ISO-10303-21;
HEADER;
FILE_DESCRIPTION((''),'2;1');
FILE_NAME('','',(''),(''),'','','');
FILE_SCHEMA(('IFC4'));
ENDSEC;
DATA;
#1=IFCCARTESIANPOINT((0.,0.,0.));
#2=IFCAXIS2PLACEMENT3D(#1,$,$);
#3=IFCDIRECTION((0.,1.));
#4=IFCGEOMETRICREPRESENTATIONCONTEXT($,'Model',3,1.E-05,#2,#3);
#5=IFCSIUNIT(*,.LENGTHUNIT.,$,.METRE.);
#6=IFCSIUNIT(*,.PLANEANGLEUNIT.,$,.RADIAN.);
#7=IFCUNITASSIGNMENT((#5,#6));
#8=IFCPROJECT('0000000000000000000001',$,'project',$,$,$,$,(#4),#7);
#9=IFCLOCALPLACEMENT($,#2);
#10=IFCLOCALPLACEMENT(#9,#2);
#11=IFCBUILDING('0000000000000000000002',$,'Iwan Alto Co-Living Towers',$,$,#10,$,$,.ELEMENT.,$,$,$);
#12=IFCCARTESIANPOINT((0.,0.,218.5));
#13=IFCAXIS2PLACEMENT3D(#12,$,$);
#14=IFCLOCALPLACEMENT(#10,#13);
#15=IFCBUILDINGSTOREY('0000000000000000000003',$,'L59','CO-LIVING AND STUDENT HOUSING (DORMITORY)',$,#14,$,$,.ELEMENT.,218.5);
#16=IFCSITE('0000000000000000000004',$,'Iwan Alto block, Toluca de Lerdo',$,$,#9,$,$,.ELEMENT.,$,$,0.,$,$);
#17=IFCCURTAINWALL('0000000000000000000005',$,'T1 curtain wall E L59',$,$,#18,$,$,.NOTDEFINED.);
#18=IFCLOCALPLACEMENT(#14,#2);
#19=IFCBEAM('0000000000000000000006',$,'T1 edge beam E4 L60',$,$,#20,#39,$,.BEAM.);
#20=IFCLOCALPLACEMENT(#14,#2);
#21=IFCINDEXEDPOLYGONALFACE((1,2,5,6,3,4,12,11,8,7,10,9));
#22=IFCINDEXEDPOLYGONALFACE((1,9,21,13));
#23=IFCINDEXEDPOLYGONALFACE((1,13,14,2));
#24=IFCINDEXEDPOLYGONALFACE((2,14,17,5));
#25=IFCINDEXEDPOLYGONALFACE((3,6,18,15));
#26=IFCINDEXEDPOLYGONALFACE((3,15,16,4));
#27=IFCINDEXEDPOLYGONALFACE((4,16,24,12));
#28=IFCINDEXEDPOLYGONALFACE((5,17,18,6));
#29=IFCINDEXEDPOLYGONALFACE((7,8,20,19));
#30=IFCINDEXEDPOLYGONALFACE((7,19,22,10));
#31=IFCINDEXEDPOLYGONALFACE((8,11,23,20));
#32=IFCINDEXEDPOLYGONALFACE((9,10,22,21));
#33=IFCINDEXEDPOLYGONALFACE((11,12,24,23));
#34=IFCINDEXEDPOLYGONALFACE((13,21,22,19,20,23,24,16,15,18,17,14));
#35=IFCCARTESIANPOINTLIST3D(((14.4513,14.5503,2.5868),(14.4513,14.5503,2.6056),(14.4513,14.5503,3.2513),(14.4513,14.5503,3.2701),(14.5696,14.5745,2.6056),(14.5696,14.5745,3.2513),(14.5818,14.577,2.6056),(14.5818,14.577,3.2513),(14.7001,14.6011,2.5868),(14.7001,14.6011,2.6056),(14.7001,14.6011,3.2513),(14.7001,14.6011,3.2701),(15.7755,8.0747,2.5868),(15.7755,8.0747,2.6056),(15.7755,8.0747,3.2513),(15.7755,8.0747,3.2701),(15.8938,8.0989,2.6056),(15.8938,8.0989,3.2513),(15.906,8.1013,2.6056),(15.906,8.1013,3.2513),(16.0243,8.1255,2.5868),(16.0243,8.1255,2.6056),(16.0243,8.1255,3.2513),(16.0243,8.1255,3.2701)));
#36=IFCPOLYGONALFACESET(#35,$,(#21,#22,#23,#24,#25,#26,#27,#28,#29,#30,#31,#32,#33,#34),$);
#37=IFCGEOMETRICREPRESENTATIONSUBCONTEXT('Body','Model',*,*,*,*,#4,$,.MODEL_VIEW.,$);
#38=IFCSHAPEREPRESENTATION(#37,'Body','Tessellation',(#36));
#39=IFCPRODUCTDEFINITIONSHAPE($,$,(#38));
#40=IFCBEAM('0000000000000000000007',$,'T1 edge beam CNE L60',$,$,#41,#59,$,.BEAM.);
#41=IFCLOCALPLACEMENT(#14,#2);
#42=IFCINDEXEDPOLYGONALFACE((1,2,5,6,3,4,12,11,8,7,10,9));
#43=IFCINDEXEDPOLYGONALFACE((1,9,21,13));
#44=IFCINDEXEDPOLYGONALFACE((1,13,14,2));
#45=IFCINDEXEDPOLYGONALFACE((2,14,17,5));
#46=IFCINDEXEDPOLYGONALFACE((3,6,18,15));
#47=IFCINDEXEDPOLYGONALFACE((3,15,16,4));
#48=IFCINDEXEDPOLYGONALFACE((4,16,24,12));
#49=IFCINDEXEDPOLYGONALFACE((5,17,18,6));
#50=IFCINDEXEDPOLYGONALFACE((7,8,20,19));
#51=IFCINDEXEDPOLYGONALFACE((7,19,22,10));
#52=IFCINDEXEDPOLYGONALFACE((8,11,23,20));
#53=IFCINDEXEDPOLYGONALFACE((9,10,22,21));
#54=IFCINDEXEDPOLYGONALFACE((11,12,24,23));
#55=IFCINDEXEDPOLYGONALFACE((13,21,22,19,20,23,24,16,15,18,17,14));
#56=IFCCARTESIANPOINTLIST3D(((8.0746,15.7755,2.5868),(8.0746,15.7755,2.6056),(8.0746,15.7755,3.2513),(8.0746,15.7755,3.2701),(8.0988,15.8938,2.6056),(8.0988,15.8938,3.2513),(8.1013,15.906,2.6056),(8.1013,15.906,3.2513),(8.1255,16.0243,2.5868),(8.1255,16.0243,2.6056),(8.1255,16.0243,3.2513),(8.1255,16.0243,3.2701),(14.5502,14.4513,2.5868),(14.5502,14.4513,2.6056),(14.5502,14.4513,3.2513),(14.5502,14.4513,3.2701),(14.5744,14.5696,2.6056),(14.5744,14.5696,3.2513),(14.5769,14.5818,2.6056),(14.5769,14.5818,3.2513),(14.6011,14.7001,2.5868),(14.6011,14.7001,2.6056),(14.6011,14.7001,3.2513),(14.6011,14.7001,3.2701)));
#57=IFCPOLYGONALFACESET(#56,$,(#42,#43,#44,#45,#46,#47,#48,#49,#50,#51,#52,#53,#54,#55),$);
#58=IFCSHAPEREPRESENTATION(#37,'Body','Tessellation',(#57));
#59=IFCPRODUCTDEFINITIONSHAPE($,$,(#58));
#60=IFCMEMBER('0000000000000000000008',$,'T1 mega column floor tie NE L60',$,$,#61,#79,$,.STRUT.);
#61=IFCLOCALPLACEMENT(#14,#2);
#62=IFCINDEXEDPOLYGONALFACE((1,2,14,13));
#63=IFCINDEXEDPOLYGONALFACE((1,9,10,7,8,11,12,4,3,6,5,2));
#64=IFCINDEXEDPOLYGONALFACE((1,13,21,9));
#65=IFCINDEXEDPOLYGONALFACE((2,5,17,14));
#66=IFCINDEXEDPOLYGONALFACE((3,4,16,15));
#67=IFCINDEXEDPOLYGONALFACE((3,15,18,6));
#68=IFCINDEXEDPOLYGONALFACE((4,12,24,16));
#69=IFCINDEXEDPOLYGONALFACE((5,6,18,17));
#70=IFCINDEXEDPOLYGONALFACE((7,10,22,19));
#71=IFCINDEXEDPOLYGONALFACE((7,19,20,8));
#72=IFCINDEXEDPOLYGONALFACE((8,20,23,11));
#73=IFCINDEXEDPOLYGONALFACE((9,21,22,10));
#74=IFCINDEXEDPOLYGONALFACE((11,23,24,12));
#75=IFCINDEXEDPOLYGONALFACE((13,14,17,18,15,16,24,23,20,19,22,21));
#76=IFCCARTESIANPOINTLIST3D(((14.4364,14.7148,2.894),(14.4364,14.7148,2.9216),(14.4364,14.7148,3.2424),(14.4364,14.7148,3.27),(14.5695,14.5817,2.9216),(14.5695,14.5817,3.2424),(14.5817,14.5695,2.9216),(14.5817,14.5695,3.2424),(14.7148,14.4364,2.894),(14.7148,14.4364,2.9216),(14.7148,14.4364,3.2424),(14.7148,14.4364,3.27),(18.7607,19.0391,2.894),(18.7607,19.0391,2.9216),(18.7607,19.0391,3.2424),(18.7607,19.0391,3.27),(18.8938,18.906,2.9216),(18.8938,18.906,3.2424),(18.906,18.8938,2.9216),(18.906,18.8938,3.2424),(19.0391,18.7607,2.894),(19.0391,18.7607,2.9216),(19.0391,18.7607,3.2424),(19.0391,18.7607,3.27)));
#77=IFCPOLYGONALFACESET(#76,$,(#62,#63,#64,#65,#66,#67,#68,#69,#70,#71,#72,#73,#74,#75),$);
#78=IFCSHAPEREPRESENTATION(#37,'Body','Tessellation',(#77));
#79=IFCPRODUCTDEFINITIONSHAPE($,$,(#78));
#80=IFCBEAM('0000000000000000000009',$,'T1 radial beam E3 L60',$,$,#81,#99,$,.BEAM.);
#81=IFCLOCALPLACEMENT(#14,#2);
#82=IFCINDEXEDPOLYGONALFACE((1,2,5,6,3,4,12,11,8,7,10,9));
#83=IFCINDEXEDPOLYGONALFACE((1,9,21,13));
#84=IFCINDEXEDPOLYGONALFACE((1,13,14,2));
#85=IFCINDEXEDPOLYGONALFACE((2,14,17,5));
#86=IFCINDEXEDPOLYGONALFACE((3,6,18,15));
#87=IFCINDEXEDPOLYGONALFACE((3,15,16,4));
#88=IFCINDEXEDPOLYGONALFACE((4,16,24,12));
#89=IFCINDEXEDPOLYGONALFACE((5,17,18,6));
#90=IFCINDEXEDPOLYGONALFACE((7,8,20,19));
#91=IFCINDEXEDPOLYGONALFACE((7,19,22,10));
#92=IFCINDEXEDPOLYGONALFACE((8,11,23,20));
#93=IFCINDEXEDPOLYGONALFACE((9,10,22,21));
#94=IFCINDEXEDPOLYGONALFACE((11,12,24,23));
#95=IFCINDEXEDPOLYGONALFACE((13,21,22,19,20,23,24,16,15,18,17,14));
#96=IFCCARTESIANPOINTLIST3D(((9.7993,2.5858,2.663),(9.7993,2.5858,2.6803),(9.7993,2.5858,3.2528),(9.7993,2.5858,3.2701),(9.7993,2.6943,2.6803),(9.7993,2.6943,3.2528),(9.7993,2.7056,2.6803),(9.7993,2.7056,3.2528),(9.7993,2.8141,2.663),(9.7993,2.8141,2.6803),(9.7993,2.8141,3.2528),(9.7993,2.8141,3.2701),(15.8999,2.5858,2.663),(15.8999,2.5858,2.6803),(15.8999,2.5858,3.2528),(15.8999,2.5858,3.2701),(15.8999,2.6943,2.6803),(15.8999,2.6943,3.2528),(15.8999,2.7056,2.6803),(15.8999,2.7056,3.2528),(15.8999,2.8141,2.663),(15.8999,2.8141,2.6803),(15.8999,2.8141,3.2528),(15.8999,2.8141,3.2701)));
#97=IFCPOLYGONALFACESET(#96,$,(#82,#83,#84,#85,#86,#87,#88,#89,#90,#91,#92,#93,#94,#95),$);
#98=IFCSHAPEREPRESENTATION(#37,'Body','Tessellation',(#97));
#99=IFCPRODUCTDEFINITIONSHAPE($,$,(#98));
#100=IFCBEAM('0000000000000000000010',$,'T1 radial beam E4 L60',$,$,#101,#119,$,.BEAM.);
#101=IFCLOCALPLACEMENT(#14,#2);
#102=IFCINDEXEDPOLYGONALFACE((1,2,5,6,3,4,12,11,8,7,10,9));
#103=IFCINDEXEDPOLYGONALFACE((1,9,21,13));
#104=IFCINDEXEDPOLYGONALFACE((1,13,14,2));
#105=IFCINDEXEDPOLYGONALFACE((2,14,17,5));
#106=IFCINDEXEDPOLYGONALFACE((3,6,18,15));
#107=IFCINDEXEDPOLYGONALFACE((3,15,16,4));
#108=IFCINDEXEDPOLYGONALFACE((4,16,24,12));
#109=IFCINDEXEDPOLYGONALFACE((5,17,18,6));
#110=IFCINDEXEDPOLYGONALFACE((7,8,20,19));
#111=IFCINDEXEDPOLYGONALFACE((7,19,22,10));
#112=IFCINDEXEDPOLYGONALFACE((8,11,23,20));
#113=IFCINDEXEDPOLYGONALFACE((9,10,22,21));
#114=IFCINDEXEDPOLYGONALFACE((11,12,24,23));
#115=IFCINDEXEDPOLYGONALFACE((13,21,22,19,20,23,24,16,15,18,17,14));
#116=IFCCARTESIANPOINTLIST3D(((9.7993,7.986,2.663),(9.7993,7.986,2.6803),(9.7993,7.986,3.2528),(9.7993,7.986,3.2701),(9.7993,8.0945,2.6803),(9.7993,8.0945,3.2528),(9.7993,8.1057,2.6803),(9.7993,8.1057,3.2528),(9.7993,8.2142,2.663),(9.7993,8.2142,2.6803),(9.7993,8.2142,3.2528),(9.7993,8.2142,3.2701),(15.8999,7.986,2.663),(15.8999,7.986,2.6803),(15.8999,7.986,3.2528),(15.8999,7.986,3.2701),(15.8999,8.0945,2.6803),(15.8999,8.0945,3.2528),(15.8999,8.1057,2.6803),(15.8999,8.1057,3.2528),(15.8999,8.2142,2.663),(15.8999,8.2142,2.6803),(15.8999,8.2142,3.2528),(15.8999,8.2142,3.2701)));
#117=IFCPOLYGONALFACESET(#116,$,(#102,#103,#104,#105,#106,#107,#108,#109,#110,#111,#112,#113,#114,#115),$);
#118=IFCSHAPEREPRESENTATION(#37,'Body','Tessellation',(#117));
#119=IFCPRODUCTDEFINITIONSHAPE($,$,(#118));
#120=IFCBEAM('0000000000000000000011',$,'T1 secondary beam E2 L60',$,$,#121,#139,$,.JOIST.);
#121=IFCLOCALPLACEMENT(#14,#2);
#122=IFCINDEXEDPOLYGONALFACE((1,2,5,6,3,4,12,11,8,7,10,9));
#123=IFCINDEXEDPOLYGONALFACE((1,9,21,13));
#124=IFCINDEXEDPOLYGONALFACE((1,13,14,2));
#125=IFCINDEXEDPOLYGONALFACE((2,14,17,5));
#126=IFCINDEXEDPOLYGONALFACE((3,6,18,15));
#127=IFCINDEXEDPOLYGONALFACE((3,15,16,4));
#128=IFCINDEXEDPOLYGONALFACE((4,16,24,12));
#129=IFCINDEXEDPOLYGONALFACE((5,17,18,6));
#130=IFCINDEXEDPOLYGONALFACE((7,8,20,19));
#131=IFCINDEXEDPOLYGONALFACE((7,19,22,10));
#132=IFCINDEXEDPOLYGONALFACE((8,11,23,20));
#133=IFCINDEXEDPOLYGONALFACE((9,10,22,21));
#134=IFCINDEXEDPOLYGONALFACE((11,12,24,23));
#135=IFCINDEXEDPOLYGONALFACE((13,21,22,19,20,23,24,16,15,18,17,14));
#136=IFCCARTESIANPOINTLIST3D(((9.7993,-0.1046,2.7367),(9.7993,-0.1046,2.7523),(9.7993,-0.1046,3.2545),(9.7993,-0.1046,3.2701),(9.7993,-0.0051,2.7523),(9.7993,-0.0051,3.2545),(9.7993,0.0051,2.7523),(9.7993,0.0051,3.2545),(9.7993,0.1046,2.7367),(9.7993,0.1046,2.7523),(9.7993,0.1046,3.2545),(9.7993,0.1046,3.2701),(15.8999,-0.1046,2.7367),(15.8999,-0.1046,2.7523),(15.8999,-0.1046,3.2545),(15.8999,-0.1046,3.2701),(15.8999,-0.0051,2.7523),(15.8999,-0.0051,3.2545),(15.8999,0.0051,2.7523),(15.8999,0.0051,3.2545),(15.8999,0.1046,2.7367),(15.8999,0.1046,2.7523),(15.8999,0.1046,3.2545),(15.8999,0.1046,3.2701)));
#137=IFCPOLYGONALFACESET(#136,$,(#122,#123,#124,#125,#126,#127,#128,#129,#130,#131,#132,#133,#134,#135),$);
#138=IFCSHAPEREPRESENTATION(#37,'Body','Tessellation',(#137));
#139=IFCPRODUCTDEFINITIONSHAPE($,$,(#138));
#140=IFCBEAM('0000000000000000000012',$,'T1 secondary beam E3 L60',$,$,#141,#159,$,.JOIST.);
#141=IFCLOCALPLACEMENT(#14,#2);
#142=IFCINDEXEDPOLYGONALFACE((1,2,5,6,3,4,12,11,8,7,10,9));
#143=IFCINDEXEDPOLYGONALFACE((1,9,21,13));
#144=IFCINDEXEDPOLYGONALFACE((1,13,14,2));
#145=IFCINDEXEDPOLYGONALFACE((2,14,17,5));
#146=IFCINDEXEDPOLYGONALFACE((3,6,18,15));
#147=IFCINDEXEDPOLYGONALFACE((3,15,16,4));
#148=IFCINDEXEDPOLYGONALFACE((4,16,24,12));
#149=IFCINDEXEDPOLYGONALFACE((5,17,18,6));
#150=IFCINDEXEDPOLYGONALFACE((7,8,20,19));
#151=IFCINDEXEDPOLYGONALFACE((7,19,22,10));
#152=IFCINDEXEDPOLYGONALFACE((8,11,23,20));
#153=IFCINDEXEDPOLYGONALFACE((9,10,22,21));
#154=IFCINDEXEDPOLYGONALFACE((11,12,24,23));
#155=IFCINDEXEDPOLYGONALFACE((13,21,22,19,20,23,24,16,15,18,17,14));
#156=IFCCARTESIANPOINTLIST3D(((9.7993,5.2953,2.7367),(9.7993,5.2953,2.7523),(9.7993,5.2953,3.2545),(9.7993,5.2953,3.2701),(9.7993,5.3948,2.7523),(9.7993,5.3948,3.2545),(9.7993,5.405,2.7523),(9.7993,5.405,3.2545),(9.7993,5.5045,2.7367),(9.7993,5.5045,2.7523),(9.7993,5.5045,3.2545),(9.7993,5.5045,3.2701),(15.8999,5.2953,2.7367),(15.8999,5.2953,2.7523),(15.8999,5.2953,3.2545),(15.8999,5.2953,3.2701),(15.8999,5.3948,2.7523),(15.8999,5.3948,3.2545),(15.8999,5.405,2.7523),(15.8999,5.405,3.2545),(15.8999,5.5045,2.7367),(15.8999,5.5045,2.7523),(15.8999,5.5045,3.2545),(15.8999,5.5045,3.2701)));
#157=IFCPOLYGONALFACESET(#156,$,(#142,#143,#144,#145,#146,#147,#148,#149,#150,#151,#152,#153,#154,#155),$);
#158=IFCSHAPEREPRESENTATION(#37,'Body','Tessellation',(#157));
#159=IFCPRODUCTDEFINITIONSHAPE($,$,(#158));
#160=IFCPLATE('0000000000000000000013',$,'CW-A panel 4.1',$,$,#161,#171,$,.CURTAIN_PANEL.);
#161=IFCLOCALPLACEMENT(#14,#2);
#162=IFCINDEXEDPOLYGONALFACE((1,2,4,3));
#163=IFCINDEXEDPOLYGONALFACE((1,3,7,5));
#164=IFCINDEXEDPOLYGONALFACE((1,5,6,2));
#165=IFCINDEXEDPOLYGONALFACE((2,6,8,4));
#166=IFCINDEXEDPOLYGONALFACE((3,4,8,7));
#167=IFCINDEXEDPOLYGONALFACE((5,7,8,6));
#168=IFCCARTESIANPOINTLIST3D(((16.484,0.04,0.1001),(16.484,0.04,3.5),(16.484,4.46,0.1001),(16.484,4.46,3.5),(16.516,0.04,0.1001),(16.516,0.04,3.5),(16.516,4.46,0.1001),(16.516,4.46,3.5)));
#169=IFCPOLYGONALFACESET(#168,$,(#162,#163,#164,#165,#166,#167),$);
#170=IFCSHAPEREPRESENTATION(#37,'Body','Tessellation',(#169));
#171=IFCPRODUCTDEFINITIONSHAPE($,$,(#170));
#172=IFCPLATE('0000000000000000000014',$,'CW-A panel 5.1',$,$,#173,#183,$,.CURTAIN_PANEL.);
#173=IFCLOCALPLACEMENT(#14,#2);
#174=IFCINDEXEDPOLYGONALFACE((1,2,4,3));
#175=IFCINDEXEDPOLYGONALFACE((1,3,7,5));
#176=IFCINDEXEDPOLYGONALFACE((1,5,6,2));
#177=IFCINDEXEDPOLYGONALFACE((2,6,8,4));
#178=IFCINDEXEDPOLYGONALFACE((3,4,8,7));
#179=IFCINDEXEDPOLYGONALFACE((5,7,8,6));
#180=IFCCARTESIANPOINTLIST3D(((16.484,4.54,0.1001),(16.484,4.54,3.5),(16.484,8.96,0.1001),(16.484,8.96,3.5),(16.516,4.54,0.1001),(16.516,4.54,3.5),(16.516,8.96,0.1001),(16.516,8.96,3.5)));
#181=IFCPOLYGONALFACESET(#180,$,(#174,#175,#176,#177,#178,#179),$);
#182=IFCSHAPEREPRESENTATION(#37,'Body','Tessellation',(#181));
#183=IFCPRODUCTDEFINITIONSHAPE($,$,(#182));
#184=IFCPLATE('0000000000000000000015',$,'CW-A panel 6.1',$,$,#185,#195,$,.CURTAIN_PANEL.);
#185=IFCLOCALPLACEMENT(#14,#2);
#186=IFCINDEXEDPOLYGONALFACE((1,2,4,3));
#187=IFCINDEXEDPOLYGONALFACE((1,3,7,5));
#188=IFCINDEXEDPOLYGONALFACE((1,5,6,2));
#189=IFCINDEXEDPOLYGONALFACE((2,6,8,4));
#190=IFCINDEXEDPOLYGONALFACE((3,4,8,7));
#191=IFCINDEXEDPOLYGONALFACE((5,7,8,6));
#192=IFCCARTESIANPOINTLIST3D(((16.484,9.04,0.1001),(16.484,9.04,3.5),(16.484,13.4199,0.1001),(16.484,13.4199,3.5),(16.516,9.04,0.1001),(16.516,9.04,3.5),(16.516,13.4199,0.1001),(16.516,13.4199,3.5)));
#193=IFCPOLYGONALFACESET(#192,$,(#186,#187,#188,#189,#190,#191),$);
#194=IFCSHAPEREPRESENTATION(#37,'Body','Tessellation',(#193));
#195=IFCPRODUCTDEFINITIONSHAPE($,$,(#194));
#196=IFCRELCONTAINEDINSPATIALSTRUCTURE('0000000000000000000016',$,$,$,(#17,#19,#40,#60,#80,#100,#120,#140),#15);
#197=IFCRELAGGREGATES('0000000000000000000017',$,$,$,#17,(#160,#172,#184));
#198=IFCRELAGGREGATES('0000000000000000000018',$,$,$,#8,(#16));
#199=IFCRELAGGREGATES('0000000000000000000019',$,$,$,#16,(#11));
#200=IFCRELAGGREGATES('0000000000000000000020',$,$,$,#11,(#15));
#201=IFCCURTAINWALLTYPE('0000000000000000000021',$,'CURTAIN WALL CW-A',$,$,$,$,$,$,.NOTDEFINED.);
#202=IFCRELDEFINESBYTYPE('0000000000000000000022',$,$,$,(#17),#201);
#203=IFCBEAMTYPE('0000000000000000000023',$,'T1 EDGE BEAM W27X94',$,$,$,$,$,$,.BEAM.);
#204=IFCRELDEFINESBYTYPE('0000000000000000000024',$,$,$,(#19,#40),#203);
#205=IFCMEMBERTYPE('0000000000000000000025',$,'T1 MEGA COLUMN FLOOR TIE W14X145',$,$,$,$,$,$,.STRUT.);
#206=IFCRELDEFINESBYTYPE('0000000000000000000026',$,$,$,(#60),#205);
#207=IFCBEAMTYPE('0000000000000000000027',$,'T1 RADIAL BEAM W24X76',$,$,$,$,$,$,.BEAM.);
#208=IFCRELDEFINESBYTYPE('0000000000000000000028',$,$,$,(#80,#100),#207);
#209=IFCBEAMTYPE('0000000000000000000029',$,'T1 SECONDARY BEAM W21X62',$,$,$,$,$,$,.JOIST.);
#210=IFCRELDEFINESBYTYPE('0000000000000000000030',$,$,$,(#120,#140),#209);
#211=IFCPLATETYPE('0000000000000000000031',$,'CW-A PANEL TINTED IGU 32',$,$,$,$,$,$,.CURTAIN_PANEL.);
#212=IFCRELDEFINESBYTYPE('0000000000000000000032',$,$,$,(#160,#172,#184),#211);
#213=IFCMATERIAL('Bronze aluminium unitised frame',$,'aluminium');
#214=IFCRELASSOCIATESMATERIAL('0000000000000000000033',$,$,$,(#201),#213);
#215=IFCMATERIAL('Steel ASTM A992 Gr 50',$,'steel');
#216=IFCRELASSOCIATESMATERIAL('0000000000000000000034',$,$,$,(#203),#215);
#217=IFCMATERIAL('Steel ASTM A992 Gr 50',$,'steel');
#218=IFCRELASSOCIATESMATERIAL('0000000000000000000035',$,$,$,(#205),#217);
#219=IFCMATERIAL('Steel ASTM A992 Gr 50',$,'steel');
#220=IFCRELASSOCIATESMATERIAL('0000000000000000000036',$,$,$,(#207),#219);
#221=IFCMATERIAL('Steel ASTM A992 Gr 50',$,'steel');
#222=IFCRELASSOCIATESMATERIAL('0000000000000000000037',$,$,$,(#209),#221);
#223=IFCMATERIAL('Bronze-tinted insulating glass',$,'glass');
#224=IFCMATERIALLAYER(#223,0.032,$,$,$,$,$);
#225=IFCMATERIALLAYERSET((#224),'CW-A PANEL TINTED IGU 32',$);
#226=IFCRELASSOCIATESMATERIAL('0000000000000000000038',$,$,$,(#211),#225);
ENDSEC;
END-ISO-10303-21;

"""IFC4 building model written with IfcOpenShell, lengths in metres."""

from ifc_helpers import new_model, si_unit, direction, frame, origin, origin_2d, place, context, subcontext, project, spatial, rectangle, i_section, extrude, material, layer, layer_set, material_profile, profile_set, type_object, element, aggregate, save


model = new_model("IFC4")

# Units and contexts
model_context = context("Model", 3, precision=1e-05, world=origin(), true_north=direction((0.0, 1.0)))
body_context = subcontext(model_context, "Body", "Model", "MODEL_VIEW")
ifc_project = project(units=[si_unit("LENGTHUNIT", "METRE"), si_unit("PLANEANGLEUNIT", "RADIAN")], contexts=[model_context])

# Site, building, storey
site_placement = place(None, origin())
site = spatial("IfcSite", under=ifc_project, at=site_placement, Name="Iwan Alto block, Toluca de Lerdo", CompositionType="ELEMENT", RefElevation=0.0)
building_placement = place(site_placement, origin())
building = spatial("IfcBuilding", under=site, at=building_placement, Name="Iwan Alto Co-Living Towers", CompositionType="ELEMENT")
storey_placement = place(building_placement, frame((0.0, 0.0, 218.5)))
storey = spatial("IfcBuildingStorey", under=building, at=storey_placement, Name="L59", Description="CO-LIVING AND STUDENT HOUSING (DORMITORY)", CompositionType="ELEMENT", Elevation=218.5)

# Curtain wall
ifc_material_1 = material(Name="Bronze aluminium unitised frame", Category="aluminium")
curtain_wall_type_1 = type_object("IfcCurtainWallType", Name="CURTAIN WALL CW-A", PredefinedType="NOTDEFINED", material=ifc_material_1)
curtain_wall_1_placement = place(storey_placement, origin())
curtain_wall_1 = element("IfcCurtainWall", 1, at=curtain_wall_1_placement, inside=storey, type_object=curtain_wall_type_1, Name="T1 curtain wall E L59", PredefinedType="NOTDEFINED")

# Beams
ifc_material_2 = material(Name="Steel ASTM A992 Gr 50", Category="steel")
ifc_material_profile_1 = material_profile(ifc_material_2, i_section(OverallWidth=0.2539, OverallDepth=0.6833, WebThickness=0.0125, FlangeThickness=0.0188, at=origin_2d()), Name="W27X94")
ifc_profile_set_1 = profile_set([ifc_material_profile_1], Name="Steel ASTM A992 Gr 50")
beam_type_1 = type_object("IfcBeamType", Name="T1 EDGE BEAM W27X94", PredefinedType="BEAM", material=ifc_profile_set_1)
for number, where, z_axis, x_axis, name in (
    (2, (15.8999, 8.1001, 2.9285), (-0.200348, 0.979725, 0.0), (-0.979725, -0.200348, 0.0), "T1 edge beam E4 L60"),
    (3, (14.5757, 14.5757, 2.9285), (-0.979725, 0.200348, 0.0), (-0.200348, -0.979725, 0.0), "T1 edge beam CNE L60"),
):
    element("IfcBeam", number, at=place(storey_placement, frame(where, z_axis=z_axis, x_axis=x_axis)), inside=storey, type_object=beam_type_1, Name=name, PredefinedType="BEAM", context=body_context, shape_type="SweptSolid", body=[
        extrude(i_section(OverallWidth=0.2539, OverallDepth=0.6833, WebThickness=0.0125, FlangeThickness=0.0188, at=origin_2d()), origin(), (0.0, 0.0, 1.0), 6.6096),
    ])

# Member
ifc_material_3 = material(Name="Steel ASTM A992 Gr 50", Category="steel")
ifc_material_profile_2 = material_profile(ifc_material_3, i_section(OverallWidth=0.3938, OverallDepth=0.376, WebThickness=0.0173, FlangeThickness=0.0276, at=origin_2d()), Name="W14X145")
ifc_profile_set_2 = profile_set([ifc_material_profile_2], Name="Steel ASTM A992 Gr 50")
member_type_1 = type_object("IfcMemberType", Name="T1 MEGA COLUMN FLOOR TIE W14X145", PredefinedType="STRUT", material=ifc_profile_set_2)
member_1_placement = place(storey_placement, frame((18.8999, 18.8999, 3.082), z_axis=(-0.707107, -0.707107, 0.0), x_axis=(0.707107, -0.707107, 0.0)))
element("IfcMember", 4, at=member_1_placement, inside=storey, type_object=member_type_1, Name="T1 mega column floor tie NE L60", PredefinedType="STRUT", context=body_context, shape_type="SweptSolid", body=[
    extrude(i_section(OverallWidth=0.3938, OverallDepth=0.376, WebThickness=0.0173, FlangeThickness=0.0276, at=origin_2d()), origin(), (0.0, 0.0, 1.0), 6.1155),
])

# Beams
ifc_material_4 = material(Name="Steel ASTM A992 Gr 50", Category="steel")
ifc_material_profile_3 = material_profile(ifc_material_4, i_section(OverallWidth=0.2283, OverallDepth=0.6072, WebThickness=0.0112, FlangeThickness=0.0173, at=origin_2d()), Name="W24X76")
ifc_profile_set_3 = profile_set([ifc_material_profile_3], Name="Steel ASTM A992 Gr 50")
beam_type_2 = type_object("IfcBeamType", Name="T1 RADIAL BEAM W24X76", PredefinedType="BEAM", material=ifc_profile_set_3)
for number, where, z_axis, x_axis, name in (
    (5, (15.8999, 2.7, 2.9666), (-1.0, 0.0, 0.0), (0.0, -1.0, 0.0), "T1 radial beam E3 L60"),
    (6, (15.8999, 8.1001, 2.9666), (-1.0, 0.0, 0.0), (0.0, -1.0, 0.0), "T1 radial beam E4 L60"),
):
    element("IfcBeam", number, at=place(storey_placement, frame(where, z_axis=z_axis, x_axis=x_axis)), inside=storey, type_object=beam_type_2, Name=name, PredefinedType="BEAM", context=body_context, shape_type="SweptSolid", body=[
        extrude(i_section(OverallWidth=0.2283, OverallDepth=0.6072, WebThickness=0.0112, FlangeThickness=0.0173, at=origin_2d()), origin(), (0.0, 0.0, 1.0), 6.1006),
    ])
ifc_material_5 = material(Name="Steel ASTM A992 Gr 50", Category="steel")
ifc_material_profile_4 = material_profile(ifc_material_5, i_section(OverallWidth=0.2092, OverallDepth=0.5334, WebThickness=0.0103, FlangeThickness=0.0156, at=origin_2d()), Name="W21X62")
ifc_profile_set_4 = profile_set([ifc_material_profile_4], Name="Steel ASTM A992 Gr 50")
beam_type_3 = type_object("IfcBeamType", Name="T1 SECONDARY BEAM W21X62", PredefinedType="JOIST", material=ifc_profile_set_4)
for number, where, z_axis, x_axis, name in (
    (7, (15.8999, 0.0, 3.0034), (-1.0, 0.0, 0.0), (0.0, -1.0, 0.0), "T1 secondary beam E2 L60"),
    (8, (15.8999, 5.3999, 3.0034), (-1.0, 0.0, 0.0), (0.0, -1.0, 0.0), "T1 secondary beam E3 L60"),
):
    element("IfcBeam", number, at=place(storey_placement, frame(where, z_axis=z_axis, x_axis=x_axis)), inside=storey, type_object=beam_type_3, Name=name, PredefinedType="JOIST", context=body_context, shape_type="SweptSolid", body=[
        extrude(i_section(OverallWidth=0.2092, OverallDepth=0.5334, WebThickness=0.0103, FlangeThickness=0.0156, at=origin_2d()), origin(), (0.0, 0.0, 1.0), 6.1006),
    ])

# Plates
ifc_material_6 = material(Name="Bronze-tinted insulating glass", Category="glass")
ifc_layer_1 = layer(ifc_material_6, 0.032)
ifc_layer_set_1 = layer_set([ifc_layer_1], Name="CW-A PANEL TINTED IGU 32")
plate_type_1 = type_object("IfcPlateType", Name="CW-A PANEL TINTED IGU 32", PredefinedType="CURTAIN_PANEL", material=ifc_layer_set_1)
plate_1_placement = place(storey_placement, frame((16.5, 2.25, 0.1001), z_axis=(0.0, 0.0, 1.0), x_axis=(0.0, 1.0, 0.0)))
plate_1 = element("IfcPlate", 9, at=plate_1_placement, type_object=plate_type_1, Name="CW-A panel 4.1", PredefinedType="CURTAIN_PANEL", context=body_context, shape_type="SweptSolid", body=[
    extrude(rectangle(XDim=4.4199, YDim=0.032, at=origin_2d()), origin(), (0.0, 0.0, 1.0), 3.3999),
])
plate_2_placement = place(storey_placement, frame((16.5, 6.75, 0.1001), z_axis=(0.0, 0.0, 1.0), x_axis=(0.0, 1.0, 0.0)))
plate_2 = element("IfcPlate", 10, at=plate_2_placement, type_object=plate_type_1, Name="CW-A panel 5.1", PredefinedType="CURTAIN_PANEL", context=body_context, shape_type="SweptSolid", body=[
    extrude(rectangle(XDim=4.4199, YDim=0.032, at=origin_2d()), origin(), (0.0, 0.0, 1.0), 3.3999),
])
plate_3_placement = place(storey_placement, frame((16.5, 11.23, 0.1001), z_axis=(0.0, 0.0, 1.0), x_axis=(0.0, 1.0, 0.0)))
plate_3 = element("IfcPlate", 11, at=plate_3_placement, type_object=plate_type_1, Name="CW-A panel 6.1", PredefinedType="CURTAIN_PANEL", context=body_context, shape_type="SweptSolid", body=[
    extrude(rectangle(XDim=4.3799, YDim=0.032, at=origin_2d()), origin(), (0.0, 0.0, 1.0), 3.3999),
])
aggregate(curtain_wall_1, [plate_1, plate_2, plate_3])

save(model, "model.ifc")
